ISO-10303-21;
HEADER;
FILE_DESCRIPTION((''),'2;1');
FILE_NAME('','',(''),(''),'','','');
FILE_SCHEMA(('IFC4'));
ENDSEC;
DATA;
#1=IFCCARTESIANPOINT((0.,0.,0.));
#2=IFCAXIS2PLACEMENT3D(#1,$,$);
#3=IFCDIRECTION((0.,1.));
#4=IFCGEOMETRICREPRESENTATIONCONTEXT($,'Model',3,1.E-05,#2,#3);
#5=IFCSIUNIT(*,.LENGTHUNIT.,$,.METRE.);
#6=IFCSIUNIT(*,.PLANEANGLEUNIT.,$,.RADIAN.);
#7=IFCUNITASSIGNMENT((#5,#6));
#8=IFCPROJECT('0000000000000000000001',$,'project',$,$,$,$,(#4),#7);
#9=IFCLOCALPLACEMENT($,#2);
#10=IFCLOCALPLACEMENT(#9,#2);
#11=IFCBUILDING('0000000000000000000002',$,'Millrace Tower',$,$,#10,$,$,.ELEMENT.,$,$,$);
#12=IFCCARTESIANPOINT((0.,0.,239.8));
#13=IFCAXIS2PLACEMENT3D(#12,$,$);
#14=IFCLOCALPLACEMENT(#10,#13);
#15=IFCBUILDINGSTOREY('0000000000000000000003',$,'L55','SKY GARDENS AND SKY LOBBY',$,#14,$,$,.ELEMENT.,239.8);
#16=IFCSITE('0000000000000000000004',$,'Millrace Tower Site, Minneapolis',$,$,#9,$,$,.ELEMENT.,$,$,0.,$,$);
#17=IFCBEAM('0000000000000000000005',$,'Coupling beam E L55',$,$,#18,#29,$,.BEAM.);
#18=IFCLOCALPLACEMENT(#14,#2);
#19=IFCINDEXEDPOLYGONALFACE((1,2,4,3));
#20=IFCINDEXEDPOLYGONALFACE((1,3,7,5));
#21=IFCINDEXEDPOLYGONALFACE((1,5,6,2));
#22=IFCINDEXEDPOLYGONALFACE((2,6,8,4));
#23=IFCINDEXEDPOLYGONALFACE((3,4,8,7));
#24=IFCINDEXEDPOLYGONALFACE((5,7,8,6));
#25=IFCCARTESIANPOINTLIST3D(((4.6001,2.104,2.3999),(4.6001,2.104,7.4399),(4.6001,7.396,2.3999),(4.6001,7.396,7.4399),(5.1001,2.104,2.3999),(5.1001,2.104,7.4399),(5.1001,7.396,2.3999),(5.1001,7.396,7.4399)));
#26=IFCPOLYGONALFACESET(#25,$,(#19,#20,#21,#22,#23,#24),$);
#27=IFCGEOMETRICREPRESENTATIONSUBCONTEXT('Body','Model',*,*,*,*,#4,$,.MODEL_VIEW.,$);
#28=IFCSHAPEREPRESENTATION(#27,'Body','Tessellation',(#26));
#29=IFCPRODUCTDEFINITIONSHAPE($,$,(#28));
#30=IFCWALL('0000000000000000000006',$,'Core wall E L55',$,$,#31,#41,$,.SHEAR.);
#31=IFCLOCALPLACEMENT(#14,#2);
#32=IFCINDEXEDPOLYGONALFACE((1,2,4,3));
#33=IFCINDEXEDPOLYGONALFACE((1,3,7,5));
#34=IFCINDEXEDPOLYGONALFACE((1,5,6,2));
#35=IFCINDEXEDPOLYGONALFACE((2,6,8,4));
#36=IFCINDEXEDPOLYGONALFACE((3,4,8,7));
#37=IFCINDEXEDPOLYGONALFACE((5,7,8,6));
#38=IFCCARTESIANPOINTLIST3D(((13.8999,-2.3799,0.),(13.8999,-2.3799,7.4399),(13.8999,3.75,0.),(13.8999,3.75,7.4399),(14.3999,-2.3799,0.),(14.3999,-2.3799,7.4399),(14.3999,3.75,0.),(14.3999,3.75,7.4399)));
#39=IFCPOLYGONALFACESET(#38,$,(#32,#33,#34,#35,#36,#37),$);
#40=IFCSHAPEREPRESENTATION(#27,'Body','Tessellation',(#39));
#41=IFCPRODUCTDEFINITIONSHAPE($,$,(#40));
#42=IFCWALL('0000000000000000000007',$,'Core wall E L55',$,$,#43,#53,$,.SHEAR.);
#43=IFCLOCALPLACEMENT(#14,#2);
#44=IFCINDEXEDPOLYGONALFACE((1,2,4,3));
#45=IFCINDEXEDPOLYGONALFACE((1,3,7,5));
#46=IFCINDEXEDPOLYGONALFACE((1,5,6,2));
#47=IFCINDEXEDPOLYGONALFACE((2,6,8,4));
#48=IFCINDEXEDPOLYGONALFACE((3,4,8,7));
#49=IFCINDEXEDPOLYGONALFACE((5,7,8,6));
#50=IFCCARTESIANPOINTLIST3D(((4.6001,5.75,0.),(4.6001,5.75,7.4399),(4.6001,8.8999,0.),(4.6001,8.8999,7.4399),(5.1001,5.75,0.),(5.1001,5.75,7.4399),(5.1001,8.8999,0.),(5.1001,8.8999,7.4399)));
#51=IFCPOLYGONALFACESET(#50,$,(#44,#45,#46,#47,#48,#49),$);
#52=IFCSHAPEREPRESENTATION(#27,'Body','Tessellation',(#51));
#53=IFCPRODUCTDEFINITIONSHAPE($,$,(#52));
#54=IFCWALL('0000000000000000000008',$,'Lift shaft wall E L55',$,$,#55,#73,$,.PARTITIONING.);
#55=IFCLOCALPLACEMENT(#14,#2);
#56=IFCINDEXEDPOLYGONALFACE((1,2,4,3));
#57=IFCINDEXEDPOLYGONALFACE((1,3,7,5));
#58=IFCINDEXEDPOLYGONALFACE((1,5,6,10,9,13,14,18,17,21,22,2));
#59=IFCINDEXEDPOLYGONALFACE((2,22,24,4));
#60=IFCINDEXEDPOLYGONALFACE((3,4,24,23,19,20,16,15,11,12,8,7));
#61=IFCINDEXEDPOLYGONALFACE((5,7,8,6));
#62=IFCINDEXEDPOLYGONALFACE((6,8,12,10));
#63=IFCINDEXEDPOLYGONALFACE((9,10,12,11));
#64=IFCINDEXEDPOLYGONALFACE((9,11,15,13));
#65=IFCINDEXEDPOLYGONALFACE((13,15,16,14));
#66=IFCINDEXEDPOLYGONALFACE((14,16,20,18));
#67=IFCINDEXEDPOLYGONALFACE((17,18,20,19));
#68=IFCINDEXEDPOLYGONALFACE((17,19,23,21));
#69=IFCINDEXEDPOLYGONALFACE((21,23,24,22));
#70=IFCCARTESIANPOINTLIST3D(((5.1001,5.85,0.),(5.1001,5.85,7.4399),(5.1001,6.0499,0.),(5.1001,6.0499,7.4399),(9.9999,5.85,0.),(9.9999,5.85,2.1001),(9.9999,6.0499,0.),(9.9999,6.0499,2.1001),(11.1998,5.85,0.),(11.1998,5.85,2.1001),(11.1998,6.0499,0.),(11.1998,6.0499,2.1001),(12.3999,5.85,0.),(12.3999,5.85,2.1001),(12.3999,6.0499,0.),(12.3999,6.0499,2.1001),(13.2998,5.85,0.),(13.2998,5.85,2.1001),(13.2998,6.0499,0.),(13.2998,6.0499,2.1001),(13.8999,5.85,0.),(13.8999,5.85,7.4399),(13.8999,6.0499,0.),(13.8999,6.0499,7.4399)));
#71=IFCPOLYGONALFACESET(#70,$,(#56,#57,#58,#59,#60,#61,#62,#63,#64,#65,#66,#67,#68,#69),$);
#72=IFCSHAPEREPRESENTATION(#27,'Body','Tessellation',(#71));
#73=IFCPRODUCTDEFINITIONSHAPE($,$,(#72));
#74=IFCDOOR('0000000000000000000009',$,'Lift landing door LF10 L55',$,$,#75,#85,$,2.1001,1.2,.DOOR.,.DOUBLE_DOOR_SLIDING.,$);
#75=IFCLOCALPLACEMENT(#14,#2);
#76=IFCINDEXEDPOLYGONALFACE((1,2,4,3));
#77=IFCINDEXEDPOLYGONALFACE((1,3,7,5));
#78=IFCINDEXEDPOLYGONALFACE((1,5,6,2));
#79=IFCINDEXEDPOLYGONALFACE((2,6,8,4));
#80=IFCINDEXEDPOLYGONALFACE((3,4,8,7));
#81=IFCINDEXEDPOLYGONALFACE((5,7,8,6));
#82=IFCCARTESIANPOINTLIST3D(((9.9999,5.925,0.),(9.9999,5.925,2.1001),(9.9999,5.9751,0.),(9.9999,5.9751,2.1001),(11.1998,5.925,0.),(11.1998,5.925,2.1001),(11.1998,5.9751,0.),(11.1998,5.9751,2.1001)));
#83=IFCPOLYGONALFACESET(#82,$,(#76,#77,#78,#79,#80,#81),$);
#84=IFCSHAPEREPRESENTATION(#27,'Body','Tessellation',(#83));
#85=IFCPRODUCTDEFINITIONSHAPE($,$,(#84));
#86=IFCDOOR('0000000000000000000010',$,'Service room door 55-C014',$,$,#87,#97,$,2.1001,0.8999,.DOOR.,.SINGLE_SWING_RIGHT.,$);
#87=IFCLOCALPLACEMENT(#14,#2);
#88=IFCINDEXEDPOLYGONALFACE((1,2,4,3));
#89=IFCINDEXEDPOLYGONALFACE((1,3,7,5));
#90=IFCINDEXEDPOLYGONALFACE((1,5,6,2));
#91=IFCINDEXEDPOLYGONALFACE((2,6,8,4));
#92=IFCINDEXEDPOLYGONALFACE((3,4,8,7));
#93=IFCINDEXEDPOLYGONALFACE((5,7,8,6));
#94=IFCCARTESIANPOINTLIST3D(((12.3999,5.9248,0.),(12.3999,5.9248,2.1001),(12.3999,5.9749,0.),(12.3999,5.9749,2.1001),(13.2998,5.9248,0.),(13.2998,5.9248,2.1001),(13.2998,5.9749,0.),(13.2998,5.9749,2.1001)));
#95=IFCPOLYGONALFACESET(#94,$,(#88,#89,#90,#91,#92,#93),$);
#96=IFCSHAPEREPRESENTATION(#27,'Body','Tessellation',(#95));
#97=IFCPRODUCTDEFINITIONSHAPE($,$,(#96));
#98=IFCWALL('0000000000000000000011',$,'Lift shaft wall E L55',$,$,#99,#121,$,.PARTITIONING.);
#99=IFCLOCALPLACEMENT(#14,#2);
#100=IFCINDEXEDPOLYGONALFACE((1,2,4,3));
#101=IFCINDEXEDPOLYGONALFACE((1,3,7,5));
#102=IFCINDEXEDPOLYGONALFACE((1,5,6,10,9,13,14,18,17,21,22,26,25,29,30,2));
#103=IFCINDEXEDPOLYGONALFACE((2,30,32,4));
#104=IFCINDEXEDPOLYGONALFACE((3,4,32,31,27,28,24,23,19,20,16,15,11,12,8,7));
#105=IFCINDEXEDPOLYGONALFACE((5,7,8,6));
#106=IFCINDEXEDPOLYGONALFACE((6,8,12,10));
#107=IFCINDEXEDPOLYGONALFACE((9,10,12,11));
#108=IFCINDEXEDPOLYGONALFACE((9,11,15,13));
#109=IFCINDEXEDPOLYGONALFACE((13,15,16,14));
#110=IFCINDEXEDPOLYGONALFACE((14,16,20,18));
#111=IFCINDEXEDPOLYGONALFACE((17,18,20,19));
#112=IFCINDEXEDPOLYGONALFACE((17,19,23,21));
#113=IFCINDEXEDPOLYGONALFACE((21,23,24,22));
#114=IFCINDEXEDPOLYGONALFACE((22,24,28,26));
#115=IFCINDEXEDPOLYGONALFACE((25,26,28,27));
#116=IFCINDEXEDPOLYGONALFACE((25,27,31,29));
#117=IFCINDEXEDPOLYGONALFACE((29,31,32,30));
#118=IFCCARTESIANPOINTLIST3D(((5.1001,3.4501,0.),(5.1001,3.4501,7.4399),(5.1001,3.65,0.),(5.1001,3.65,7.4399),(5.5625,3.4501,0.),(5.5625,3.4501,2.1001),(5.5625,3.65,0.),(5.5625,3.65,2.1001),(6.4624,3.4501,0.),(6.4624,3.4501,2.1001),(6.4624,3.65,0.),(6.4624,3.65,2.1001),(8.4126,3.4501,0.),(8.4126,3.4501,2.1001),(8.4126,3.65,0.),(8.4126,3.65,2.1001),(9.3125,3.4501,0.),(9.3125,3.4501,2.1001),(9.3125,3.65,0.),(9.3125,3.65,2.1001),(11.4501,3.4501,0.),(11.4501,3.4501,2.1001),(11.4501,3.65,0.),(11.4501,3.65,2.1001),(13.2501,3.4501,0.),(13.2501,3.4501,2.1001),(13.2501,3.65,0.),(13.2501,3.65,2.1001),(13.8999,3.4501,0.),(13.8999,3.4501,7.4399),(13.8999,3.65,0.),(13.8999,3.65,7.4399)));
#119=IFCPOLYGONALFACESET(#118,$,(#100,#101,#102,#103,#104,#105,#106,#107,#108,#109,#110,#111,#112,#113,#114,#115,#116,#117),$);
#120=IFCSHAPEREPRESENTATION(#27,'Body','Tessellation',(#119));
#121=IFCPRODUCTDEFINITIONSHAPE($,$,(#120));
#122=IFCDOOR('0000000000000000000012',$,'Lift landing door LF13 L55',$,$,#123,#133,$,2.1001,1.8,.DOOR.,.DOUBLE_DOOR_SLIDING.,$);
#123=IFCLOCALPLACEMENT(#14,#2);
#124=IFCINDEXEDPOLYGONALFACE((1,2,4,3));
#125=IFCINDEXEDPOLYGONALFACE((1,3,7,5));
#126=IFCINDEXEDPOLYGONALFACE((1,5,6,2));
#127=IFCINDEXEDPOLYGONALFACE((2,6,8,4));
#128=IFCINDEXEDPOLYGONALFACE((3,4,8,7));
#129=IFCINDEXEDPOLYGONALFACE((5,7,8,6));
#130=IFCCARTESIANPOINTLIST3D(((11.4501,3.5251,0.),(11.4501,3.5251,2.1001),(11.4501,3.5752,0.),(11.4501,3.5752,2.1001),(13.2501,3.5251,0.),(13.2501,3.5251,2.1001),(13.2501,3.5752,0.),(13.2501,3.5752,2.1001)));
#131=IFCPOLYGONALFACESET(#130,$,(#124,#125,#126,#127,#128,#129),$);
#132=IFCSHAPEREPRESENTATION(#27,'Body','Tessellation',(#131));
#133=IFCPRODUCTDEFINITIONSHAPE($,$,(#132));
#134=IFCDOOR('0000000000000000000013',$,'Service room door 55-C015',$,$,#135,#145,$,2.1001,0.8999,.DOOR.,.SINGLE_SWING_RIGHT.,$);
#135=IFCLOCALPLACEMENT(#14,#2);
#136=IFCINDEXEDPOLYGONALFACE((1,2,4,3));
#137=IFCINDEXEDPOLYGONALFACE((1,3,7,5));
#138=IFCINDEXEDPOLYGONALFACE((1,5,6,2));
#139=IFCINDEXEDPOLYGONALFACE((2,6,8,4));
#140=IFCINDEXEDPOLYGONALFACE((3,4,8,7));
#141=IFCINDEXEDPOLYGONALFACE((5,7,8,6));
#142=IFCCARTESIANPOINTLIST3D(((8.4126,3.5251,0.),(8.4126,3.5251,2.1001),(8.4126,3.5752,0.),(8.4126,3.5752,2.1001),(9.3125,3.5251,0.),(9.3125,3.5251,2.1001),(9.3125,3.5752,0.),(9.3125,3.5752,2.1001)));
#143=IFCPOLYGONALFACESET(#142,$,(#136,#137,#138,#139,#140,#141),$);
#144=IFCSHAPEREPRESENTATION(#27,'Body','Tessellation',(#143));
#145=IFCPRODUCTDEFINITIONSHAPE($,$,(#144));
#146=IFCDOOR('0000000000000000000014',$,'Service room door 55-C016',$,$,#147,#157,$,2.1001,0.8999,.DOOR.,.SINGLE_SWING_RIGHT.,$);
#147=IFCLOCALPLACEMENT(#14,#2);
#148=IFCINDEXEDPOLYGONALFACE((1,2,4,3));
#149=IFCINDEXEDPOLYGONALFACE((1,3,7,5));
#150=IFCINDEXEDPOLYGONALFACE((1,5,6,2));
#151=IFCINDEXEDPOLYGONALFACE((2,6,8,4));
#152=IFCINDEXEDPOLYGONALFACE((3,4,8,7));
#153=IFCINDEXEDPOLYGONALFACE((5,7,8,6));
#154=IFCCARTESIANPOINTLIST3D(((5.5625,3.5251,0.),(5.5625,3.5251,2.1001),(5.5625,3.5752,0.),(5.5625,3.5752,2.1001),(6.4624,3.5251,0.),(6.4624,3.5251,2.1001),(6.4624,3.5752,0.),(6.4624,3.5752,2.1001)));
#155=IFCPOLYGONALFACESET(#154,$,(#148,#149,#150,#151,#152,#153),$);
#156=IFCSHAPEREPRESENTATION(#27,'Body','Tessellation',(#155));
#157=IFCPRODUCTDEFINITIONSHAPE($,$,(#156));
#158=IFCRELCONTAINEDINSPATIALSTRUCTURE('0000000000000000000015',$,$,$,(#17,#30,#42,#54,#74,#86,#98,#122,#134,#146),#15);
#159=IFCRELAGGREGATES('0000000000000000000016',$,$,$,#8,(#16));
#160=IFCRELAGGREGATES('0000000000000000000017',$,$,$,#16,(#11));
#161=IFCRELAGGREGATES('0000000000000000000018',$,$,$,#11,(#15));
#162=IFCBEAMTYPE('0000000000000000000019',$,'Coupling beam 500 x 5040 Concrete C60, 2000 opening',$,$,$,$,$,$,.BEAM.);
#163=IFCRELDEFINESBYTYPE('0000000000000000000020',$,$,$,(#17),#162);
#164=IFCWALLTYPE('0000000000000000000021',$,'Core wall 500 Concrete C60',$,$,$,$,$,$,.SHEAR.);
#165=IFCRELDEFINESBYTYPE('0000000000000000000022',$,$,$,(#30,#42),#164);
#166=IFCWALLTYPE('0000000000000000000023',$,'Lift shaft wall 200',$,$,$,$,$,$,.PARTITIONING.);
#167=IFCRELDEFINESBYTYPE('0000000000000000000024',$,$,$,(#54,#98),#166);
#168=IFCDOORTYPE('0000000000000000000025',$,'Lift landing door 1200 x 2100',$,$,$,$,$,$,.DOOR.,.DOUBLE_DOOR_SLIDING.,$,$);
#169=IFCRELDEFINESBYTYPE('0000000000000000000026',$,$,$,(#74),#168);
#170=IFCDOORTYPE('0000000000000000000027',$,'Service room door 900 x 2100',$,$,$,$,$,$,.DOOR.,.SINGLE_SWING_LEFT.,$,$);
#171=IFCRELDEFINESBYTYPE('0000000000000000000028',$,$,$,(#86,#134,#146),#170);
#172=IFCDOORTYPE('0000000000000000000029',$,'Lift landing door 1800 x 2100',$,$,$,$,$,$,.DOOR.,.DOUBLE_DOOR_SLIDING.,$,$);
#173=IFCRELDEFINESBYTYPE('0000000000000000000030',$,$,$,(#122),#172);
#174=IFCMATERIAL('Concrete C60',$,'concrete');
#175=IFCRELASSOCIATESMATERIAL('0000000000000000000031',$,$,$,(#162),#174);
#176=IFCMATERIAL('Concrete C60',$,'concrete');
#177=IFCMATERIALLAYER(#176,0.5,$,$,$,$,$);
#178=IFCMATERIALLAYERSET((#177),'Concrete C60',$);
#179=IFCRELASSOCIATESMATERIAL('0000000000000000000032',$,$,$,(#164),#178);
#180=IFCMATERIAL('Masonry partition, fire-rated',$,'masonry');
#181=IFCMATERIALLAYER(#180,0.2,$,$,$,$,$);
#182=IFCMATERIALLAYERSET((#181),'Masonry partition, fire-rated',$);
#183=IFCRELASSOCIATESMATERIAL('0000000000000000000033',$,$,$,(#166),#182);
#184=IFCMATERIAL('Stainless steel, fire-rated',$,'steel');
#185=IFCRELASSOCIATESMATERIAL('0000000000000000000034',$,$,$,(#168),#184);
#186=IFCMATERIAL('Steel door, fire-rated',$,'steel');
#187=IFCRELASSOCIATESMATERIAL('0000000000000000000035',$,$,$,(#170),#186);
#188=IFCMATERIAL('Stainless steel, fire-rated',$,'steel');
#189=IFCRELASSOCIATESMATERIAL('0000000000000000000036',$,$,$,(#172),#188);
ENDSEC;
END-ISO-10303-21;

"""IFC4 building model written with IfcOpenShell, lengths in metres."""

from ifc_helpers import new_model, si_unit, direction, frame, frame_2d, origin, origin_2d, place, context, subcontext, project, spatial, rectangle, extrude, material, layer, layer_set, material_profile, profile_set, type_object, element, fill, save


model = new_model("IFC4")

# Units and contexts
model_context = context("Model", 3, precision=1e-05, world=origin(), true_north=direction((0.0, 1.0)))
body_context = subcontext(model_context, "Body", "Model", "MODEL_VIEW")
ifc_project = project(units=[si_unit("LENGTHUNIT", "METRE"), si_unit("PLANEANGLEUNIT", "RADIAN")], contexts=[model_context])

# Site, building, storey
site_placement = place(None, origin())
site = spatial("IfcSite", under=ifc_project, at=site_placement, Name="Millrace Tower Site, Minneapolis", CompositionType="ELEMENT", RefElevation=0.0)
building_placement = place(site_placement, origin())
building = spatial("IfcBuilding", under=site, at=building_placement, Name="Millrace Tower", CompositionType="ELEMENT")
storey_placement = place(building_placement, frame((0.0, 0.0, 239.8)))
storey = spatial("IfcBuildingStorey", under=building, at=storey_placement, Name="L55", Description="SKY GARDENS AND SKY LOBBY", CompositionType="ELEMENT", Elevation=239.8)

# Beam
ifc_material_1 = material(Name="Concrete C60", Category="concrete")
ifc_material_profile = material_profile(ifc_material_1, rectangle(XDim=0.5, YDim=5.04, at=origin_2d()))
ifc_profile_set = profile_set([ifc_material_profile], Name="Concrete C60")
beam_type = type_object("IfcBeamType", Name="Coupling beam 500 x 5040 Concrete C60, 2000 opening", PredefinedType="BEAM", material=ifc_profile_set)
beam_placement = place(storey_placement, frame((4.8501, 7.396, 4.9199), z_axis=(0.0, -1.0, 0.0), x_axis=(1.0, 0.0, 0.0)))
element("IfcBeam", 1, at=beam_placement, inside=storey, type_object=beam_type, Name="Coupling beam E L55", PredefinedType="BEAM", context=body_context, shape_type="SweptSolid", body=[
    extrude(rectangle(XDim=0.5, YDim=5.04, at=origin_2d()), origin(), (0.0, 0.0, 1.0), 5.292),
])

# Walls
ifc_material_2 = material(Name="Concrete C60", Category="concrete")
ifc_layer_1 = layer(ifc_material_2, 0.5)
ifc_layer_set_1 = layer_set([ifc_layer_1], Name="Concrete C60")
wall_type_1 = type_object("IfcWallType", Name="Core wall 500 Concrete C60", PredefinedType="SHEAR", material=ifc_layer_set_1)
wall_1_placement = place(storey_placement, frame((14.1499, 3.75, 0.0), z_axis=(0.0, 0.0, 1.0), x_axis=(0.0, -1.0, 0.0)))
element("IfcWall", 2, at=wall_1_placement, inside=storey, type_object=wall_type_1, Name="Core wall E L55", PredefinedType="SHEAR", context=body_context, shape_type="SweptSolid", body=[
    extrude(rectangle(XDim=6.1299, YDim=0.5, at=frame_2d((3.0649, 0.0))), origin(), (0.0, 0.0, 1.0), 7.4399),
])
wall_2_placement = place(storey_placement, frame((4.8501, 8.8999, 0.0), z_axis=(0.0, 0.0, 1.0), x_axis=(0.0, -1.0, 0.0)))
element("IfcWall", 3, at=wall_2_placement, inside=storey, type_object=wall_type_1, Name="Core wall E L55", PredefinedType="SHEAR", context=body_context, shape_type="SweptSolid", body=[
    extrude(rectangle(XDim=3.1499, YDim=0.5, at=frame_2d((1.575, 0.0))), origin(), (0.0, 0.0, 1.0), 7.4399),
])

# Walls, openings, doors
ifc_material_3 = material(Name="Masonry partition, fire-rated", Category="masonry")
ifc_layer_2 = layer(ifc_material_3, 0.2)
ifc_layer_set_2 = layer_set([ifc_layer_2], Name="Masonry partition, fire-rated")
wall_type_2 = type_object("IfcWallType", Name="Lift shaft wall 200", PredefinedType="PARTITIONING", material=ifc_layer_set_2)
wall_3_placement = place(storey_placement, frame((13.8999, 5.95, 0.0), z_axis=(0.0, 0.0, 1.0), x_axis=(-1.0, 0.0, 0.0)))
wall_3 = element("IfcWall", 4, at=wall_3_placement, inside=storey, type_object=wall_type_2, Name="Lift shaft wall E L55", PredefinedType="PARTITIONING", context=body_context, shape_type="SweptSolid", body=[
    extrude(rectangle(XDim=8.7998, YDim=0.2, at=frame_2d((4.3999, 0.0))), origin(), (0.0, 0.0, 1.0), 7.4399),
])
opening_1_placement = place(wall_3_placement, frame((2.7, 0.0, 0.0)))
opening_1 = element("IfcOpeningElement", 5, at=opening_1_placement, cuts=wall_3, PredefinedType="OPENING", context=body_context, shape_type="SweptSolid", body=[
    extrude(rectangle(XDim=1.2, YDim=2.1001, at=frame_2d((0.6001, 1.05))), frame((0.0, 0.1099, 0.0), z_axis=(0.0, -1.0, 0.0), x_axis=(1.0, 0.0, 0.0)), (0.0, 0.0, 1.0), 0.22),
])
opening_2_placement = place(wall_3_placement, frame((0.6001, 0.0, 0.0)))
opening_2 = element("IfcOpeningElement", 6, at=opening_2_placement, cuts=wall_3, PredefinedType="OPENING", context=body_context, shape_type="SweptSolid", body=[
    extrude(rectangle(XDim=0.8999, YDim=2.1001, at=frame_2d((0.45, 1.05))), frame((0.0, 0.1099, 0.0), z_axis=(0.0, -1.0, 0.0), x_axis=(1.0, 0.0, 0.0)), (0.0, 0.0, 1.0), 0.22),
])
ifc_material_4 = material(Name="Stainless steel, fire-rated", Category="steel")
door_type_1 = type_object("IfcDoorType", Name="Lift landing door 1200 x 2100", OperationType="DOUBLE_DOOR_SLIDING", PredefinedType="DOOR", material=ifc_material_4)
door_1_placement = place(opening_1_placement, origin())
door_1 = element("IfcDoor", 7, at=door_1_placement, inside=storey, type_object=door_type_1, Name="Lift landing door LF10 L55", OperationType="DOUBLE_DOOR_SLIDING", OverallHeight=2.1001, OverallWidth=1.2, PredefinedType="DOOR", context=body_context, shape_type="SweptSolid", body=[
    extrude(rectangle(XDim=1.2, YDim=2.1001, at=frame_2d((0.6001, 1.05))), frame((0.0, 0.0249, 0.0), z_axis=(0.0, -1.0, 0.0), x_axis=(1.0, 0.0, 0.0)), (0.0, 0.0, 1.0), 0.05),
])
fill(opening_1, door_1)
ifc_material_5 = material(Name="Steel door, fire-rated", Category="steel")
door_type_2 = type_object("IfcDoorType", Name="Service room door 900 x 2100", OperationType="SINGLE_SWING_LEFT", PredefinedType="DOOR", material=ifc_material_5)
door_2_placement = place(opening_2_placement, frame((0.8999, 0.0, 0.0), z_axis=(0.0, 0.0, 1.0), x_axis=(-1.0, 0.0, 0.0)))
door_2 = element("IfcDoor", 8, at=door_2_placement, inside=storey, type_object=door_type_2, Name="Service room door 55-C014", OperationType="SINGLE_SWING_RIGHT", OverallHeight=2.1001, OverallWidth=0.8999, PredefinedType="DOOR", context=body_context, shape_type="SweptSolid", body=[
    extrude(rectangle(XDim=0.8999, YDim=2.1001, at=frame_2d((0.45, 1.05))), frame((0.0, 0.0249, 0.0), z_axis=(0.0, -1.0, 0.0), x_axis=(1.0, 0.0, 0.0)), (0.0, 0.0, 1.0), 0.05),
])
fill(opening_2, door_2)
wall_4_placement = place(storey_placement, frame((13.8999, 3.55, 0.0), z_axis=(0.0, 0.0, 1.0), x_axis=(-1.0, 0.0, 0.0)))
wall_4 = element("IfcWall", 9, at=wall_4_placement, inside=storey, type_object=wall_type_2, Name="Lift shaft wall E L55", PredefinedType="PARTITIONING", context=body_context, shape_type="SweptSolid", body=[
    extrude(rectangle(XDim=8.7998, YDim=0.2, at=frame_2d((4.3999, 0.0))), origin(), (0.0, 0.0, 1.0), 7.4399),
])
opening_3_placement = place(wall_4_placement, frame((0.6499, 0.0, 0.0)))
opening_3 = element("IfcOpeningElement", 10, at=opening_3_placement, cuts=wall_4, PredefinedType="OPENING", context=body_context, shape_type="SweptSolid", body=[
    extrude(rectangle(XDim=1.8, YDim=2.1001, at=frame_2d((0.8999, 1.05))), frame((0.0, 0.1099, 0.0), z_axis=(0.0, -1.0, 0.0), x_axis=(1.0, 0.0, 0.0)), (0.0, 0.0, 1.0), 0.22),
])
opening_4_placement = place(wall_4_placement, frame((4.5874, 0.0, 0.0)))
opening_4 = element("IfcOpeningElement", 11, at=opening_4_placement, cuts=wall_4, PredefinedType="OPENING", context=body_context, shape_type="SweptSolid", body=[
    extrude(rectangle(XDim=0.8999, YDim=2.1001, at=frame_2d((0.45, 1.05))), frame((0.0, 0.1099, 0.0), z_axis=(0.0, -1.0, 0.0), x_axis=(1.0, 0.0, 0.0)), (0.0, 0.0, 1.0), 0.22),
])
opening_5_placement = place(wall_4_placement, frame((7.4375, 0.0, 0.0)))
opening_5 = element("IfcOpeningElement", 12, at=opening_5_placement, cuts=wall_4, PredefinedType="OPENING", context=body_context, shape_type="SweptSolid", body=[
    extrude(rectangle(XDim=0.8999, YDim=2.1001, at=frame_2d((0.45, 1.05))), frame((0.0, 0.1099, 0.0), z_axis=(0.0, -1.0, 0.0), x_axis=(1.0, 0.0, 0.0)), (0.0, 0.0, 1.0), 0.22),
])
ifc_material_6 = material(Name="Stainless steel, fire-rated", Category="steel")
door_type_3 = type_object("IfcDoorType", Name="Lift landing door 1800 x 2100", OperationType="DOUBLE_DOOR_SLIDING", PredefinedType="DOOR", material=ifc_material_6)
door_3_placement = place(opening_3_placement, origin())
door_3 = element("IfcDoor", 13, at=door_3_placement, inside=storey, type_object=door_type_3, Name="Lift landing door LF13 L55", OperationType="DOUBLE_DOOR_SLIDING", OverallHeight=2.1001, OverallWidth=1.8, PredefinedType="DOOR", context=body_context, shape_type="SweptSolid", body=[
    extrude(rectangle(XDim=1.8, YDim=2.1001, at=frame_2d((0.8999, 1.05))), frame((0.0, 0.0249, 0.0), z_axis=(0.0, -1.0, 0.0), x_axis=(1.0, 0.0, 0.0)), (0.0, 0.0, 1.0), 0.05),
])
fill(opening_3, door_3)
door_4_placement = place(opening_4_placement, origin())
door_4 = element("IfcDoor", 14, at=door_4_placement, inside=storey, type_object=door_type_2, Name="Service room door 55-C015", OperationType="SINGLE_SWING_RIGHT", OverallHeight=2.1001, OverallWidth=0.8999, PredefinedType="DOOR", context=body_context, shape_type="SweptSolid", body=[
    extrude(rectangle(XDim=0.8999, YDim=2.1001, at=frame_2d((0.45, 1.05))), frame((0.0, 0.0249, 0.0), z_axis=(0.0, -1.0, 0.0), x_axis=(1.0, 0.0, 0.0)), (0.0, 0.0, 1.0), 0.05),
])
fill(opening_4, door_4)
door_5_placement = place(opening_5_placement, origin())
door_5 = element("IfcDoor", 15, at=door_5_placement, inside=storey, type_object=door_type_2, Name="Service room door 55-C016", OperationType="SINGLE_SWING_RIGHT", OverallHeight=2.1001, OverallWidth=0.8999, PredefinedType="DOOR", context=body_context, shape_type="SweptSolid", body=[
    extrude(rectangle(XDim=0.8999, YDim=2.1001, at=frame_2d((0.45, 1.05))), frame((0.0, 0.0249, 0.0), z_axis=(0.0, -1.0, 0.0), x_axis=(1.0, 0.0, 0.0)), (0.0, 0.0, 1.0), 0.05),
])
fill(opening_5, door_5)

save(model, "model.ifc")
